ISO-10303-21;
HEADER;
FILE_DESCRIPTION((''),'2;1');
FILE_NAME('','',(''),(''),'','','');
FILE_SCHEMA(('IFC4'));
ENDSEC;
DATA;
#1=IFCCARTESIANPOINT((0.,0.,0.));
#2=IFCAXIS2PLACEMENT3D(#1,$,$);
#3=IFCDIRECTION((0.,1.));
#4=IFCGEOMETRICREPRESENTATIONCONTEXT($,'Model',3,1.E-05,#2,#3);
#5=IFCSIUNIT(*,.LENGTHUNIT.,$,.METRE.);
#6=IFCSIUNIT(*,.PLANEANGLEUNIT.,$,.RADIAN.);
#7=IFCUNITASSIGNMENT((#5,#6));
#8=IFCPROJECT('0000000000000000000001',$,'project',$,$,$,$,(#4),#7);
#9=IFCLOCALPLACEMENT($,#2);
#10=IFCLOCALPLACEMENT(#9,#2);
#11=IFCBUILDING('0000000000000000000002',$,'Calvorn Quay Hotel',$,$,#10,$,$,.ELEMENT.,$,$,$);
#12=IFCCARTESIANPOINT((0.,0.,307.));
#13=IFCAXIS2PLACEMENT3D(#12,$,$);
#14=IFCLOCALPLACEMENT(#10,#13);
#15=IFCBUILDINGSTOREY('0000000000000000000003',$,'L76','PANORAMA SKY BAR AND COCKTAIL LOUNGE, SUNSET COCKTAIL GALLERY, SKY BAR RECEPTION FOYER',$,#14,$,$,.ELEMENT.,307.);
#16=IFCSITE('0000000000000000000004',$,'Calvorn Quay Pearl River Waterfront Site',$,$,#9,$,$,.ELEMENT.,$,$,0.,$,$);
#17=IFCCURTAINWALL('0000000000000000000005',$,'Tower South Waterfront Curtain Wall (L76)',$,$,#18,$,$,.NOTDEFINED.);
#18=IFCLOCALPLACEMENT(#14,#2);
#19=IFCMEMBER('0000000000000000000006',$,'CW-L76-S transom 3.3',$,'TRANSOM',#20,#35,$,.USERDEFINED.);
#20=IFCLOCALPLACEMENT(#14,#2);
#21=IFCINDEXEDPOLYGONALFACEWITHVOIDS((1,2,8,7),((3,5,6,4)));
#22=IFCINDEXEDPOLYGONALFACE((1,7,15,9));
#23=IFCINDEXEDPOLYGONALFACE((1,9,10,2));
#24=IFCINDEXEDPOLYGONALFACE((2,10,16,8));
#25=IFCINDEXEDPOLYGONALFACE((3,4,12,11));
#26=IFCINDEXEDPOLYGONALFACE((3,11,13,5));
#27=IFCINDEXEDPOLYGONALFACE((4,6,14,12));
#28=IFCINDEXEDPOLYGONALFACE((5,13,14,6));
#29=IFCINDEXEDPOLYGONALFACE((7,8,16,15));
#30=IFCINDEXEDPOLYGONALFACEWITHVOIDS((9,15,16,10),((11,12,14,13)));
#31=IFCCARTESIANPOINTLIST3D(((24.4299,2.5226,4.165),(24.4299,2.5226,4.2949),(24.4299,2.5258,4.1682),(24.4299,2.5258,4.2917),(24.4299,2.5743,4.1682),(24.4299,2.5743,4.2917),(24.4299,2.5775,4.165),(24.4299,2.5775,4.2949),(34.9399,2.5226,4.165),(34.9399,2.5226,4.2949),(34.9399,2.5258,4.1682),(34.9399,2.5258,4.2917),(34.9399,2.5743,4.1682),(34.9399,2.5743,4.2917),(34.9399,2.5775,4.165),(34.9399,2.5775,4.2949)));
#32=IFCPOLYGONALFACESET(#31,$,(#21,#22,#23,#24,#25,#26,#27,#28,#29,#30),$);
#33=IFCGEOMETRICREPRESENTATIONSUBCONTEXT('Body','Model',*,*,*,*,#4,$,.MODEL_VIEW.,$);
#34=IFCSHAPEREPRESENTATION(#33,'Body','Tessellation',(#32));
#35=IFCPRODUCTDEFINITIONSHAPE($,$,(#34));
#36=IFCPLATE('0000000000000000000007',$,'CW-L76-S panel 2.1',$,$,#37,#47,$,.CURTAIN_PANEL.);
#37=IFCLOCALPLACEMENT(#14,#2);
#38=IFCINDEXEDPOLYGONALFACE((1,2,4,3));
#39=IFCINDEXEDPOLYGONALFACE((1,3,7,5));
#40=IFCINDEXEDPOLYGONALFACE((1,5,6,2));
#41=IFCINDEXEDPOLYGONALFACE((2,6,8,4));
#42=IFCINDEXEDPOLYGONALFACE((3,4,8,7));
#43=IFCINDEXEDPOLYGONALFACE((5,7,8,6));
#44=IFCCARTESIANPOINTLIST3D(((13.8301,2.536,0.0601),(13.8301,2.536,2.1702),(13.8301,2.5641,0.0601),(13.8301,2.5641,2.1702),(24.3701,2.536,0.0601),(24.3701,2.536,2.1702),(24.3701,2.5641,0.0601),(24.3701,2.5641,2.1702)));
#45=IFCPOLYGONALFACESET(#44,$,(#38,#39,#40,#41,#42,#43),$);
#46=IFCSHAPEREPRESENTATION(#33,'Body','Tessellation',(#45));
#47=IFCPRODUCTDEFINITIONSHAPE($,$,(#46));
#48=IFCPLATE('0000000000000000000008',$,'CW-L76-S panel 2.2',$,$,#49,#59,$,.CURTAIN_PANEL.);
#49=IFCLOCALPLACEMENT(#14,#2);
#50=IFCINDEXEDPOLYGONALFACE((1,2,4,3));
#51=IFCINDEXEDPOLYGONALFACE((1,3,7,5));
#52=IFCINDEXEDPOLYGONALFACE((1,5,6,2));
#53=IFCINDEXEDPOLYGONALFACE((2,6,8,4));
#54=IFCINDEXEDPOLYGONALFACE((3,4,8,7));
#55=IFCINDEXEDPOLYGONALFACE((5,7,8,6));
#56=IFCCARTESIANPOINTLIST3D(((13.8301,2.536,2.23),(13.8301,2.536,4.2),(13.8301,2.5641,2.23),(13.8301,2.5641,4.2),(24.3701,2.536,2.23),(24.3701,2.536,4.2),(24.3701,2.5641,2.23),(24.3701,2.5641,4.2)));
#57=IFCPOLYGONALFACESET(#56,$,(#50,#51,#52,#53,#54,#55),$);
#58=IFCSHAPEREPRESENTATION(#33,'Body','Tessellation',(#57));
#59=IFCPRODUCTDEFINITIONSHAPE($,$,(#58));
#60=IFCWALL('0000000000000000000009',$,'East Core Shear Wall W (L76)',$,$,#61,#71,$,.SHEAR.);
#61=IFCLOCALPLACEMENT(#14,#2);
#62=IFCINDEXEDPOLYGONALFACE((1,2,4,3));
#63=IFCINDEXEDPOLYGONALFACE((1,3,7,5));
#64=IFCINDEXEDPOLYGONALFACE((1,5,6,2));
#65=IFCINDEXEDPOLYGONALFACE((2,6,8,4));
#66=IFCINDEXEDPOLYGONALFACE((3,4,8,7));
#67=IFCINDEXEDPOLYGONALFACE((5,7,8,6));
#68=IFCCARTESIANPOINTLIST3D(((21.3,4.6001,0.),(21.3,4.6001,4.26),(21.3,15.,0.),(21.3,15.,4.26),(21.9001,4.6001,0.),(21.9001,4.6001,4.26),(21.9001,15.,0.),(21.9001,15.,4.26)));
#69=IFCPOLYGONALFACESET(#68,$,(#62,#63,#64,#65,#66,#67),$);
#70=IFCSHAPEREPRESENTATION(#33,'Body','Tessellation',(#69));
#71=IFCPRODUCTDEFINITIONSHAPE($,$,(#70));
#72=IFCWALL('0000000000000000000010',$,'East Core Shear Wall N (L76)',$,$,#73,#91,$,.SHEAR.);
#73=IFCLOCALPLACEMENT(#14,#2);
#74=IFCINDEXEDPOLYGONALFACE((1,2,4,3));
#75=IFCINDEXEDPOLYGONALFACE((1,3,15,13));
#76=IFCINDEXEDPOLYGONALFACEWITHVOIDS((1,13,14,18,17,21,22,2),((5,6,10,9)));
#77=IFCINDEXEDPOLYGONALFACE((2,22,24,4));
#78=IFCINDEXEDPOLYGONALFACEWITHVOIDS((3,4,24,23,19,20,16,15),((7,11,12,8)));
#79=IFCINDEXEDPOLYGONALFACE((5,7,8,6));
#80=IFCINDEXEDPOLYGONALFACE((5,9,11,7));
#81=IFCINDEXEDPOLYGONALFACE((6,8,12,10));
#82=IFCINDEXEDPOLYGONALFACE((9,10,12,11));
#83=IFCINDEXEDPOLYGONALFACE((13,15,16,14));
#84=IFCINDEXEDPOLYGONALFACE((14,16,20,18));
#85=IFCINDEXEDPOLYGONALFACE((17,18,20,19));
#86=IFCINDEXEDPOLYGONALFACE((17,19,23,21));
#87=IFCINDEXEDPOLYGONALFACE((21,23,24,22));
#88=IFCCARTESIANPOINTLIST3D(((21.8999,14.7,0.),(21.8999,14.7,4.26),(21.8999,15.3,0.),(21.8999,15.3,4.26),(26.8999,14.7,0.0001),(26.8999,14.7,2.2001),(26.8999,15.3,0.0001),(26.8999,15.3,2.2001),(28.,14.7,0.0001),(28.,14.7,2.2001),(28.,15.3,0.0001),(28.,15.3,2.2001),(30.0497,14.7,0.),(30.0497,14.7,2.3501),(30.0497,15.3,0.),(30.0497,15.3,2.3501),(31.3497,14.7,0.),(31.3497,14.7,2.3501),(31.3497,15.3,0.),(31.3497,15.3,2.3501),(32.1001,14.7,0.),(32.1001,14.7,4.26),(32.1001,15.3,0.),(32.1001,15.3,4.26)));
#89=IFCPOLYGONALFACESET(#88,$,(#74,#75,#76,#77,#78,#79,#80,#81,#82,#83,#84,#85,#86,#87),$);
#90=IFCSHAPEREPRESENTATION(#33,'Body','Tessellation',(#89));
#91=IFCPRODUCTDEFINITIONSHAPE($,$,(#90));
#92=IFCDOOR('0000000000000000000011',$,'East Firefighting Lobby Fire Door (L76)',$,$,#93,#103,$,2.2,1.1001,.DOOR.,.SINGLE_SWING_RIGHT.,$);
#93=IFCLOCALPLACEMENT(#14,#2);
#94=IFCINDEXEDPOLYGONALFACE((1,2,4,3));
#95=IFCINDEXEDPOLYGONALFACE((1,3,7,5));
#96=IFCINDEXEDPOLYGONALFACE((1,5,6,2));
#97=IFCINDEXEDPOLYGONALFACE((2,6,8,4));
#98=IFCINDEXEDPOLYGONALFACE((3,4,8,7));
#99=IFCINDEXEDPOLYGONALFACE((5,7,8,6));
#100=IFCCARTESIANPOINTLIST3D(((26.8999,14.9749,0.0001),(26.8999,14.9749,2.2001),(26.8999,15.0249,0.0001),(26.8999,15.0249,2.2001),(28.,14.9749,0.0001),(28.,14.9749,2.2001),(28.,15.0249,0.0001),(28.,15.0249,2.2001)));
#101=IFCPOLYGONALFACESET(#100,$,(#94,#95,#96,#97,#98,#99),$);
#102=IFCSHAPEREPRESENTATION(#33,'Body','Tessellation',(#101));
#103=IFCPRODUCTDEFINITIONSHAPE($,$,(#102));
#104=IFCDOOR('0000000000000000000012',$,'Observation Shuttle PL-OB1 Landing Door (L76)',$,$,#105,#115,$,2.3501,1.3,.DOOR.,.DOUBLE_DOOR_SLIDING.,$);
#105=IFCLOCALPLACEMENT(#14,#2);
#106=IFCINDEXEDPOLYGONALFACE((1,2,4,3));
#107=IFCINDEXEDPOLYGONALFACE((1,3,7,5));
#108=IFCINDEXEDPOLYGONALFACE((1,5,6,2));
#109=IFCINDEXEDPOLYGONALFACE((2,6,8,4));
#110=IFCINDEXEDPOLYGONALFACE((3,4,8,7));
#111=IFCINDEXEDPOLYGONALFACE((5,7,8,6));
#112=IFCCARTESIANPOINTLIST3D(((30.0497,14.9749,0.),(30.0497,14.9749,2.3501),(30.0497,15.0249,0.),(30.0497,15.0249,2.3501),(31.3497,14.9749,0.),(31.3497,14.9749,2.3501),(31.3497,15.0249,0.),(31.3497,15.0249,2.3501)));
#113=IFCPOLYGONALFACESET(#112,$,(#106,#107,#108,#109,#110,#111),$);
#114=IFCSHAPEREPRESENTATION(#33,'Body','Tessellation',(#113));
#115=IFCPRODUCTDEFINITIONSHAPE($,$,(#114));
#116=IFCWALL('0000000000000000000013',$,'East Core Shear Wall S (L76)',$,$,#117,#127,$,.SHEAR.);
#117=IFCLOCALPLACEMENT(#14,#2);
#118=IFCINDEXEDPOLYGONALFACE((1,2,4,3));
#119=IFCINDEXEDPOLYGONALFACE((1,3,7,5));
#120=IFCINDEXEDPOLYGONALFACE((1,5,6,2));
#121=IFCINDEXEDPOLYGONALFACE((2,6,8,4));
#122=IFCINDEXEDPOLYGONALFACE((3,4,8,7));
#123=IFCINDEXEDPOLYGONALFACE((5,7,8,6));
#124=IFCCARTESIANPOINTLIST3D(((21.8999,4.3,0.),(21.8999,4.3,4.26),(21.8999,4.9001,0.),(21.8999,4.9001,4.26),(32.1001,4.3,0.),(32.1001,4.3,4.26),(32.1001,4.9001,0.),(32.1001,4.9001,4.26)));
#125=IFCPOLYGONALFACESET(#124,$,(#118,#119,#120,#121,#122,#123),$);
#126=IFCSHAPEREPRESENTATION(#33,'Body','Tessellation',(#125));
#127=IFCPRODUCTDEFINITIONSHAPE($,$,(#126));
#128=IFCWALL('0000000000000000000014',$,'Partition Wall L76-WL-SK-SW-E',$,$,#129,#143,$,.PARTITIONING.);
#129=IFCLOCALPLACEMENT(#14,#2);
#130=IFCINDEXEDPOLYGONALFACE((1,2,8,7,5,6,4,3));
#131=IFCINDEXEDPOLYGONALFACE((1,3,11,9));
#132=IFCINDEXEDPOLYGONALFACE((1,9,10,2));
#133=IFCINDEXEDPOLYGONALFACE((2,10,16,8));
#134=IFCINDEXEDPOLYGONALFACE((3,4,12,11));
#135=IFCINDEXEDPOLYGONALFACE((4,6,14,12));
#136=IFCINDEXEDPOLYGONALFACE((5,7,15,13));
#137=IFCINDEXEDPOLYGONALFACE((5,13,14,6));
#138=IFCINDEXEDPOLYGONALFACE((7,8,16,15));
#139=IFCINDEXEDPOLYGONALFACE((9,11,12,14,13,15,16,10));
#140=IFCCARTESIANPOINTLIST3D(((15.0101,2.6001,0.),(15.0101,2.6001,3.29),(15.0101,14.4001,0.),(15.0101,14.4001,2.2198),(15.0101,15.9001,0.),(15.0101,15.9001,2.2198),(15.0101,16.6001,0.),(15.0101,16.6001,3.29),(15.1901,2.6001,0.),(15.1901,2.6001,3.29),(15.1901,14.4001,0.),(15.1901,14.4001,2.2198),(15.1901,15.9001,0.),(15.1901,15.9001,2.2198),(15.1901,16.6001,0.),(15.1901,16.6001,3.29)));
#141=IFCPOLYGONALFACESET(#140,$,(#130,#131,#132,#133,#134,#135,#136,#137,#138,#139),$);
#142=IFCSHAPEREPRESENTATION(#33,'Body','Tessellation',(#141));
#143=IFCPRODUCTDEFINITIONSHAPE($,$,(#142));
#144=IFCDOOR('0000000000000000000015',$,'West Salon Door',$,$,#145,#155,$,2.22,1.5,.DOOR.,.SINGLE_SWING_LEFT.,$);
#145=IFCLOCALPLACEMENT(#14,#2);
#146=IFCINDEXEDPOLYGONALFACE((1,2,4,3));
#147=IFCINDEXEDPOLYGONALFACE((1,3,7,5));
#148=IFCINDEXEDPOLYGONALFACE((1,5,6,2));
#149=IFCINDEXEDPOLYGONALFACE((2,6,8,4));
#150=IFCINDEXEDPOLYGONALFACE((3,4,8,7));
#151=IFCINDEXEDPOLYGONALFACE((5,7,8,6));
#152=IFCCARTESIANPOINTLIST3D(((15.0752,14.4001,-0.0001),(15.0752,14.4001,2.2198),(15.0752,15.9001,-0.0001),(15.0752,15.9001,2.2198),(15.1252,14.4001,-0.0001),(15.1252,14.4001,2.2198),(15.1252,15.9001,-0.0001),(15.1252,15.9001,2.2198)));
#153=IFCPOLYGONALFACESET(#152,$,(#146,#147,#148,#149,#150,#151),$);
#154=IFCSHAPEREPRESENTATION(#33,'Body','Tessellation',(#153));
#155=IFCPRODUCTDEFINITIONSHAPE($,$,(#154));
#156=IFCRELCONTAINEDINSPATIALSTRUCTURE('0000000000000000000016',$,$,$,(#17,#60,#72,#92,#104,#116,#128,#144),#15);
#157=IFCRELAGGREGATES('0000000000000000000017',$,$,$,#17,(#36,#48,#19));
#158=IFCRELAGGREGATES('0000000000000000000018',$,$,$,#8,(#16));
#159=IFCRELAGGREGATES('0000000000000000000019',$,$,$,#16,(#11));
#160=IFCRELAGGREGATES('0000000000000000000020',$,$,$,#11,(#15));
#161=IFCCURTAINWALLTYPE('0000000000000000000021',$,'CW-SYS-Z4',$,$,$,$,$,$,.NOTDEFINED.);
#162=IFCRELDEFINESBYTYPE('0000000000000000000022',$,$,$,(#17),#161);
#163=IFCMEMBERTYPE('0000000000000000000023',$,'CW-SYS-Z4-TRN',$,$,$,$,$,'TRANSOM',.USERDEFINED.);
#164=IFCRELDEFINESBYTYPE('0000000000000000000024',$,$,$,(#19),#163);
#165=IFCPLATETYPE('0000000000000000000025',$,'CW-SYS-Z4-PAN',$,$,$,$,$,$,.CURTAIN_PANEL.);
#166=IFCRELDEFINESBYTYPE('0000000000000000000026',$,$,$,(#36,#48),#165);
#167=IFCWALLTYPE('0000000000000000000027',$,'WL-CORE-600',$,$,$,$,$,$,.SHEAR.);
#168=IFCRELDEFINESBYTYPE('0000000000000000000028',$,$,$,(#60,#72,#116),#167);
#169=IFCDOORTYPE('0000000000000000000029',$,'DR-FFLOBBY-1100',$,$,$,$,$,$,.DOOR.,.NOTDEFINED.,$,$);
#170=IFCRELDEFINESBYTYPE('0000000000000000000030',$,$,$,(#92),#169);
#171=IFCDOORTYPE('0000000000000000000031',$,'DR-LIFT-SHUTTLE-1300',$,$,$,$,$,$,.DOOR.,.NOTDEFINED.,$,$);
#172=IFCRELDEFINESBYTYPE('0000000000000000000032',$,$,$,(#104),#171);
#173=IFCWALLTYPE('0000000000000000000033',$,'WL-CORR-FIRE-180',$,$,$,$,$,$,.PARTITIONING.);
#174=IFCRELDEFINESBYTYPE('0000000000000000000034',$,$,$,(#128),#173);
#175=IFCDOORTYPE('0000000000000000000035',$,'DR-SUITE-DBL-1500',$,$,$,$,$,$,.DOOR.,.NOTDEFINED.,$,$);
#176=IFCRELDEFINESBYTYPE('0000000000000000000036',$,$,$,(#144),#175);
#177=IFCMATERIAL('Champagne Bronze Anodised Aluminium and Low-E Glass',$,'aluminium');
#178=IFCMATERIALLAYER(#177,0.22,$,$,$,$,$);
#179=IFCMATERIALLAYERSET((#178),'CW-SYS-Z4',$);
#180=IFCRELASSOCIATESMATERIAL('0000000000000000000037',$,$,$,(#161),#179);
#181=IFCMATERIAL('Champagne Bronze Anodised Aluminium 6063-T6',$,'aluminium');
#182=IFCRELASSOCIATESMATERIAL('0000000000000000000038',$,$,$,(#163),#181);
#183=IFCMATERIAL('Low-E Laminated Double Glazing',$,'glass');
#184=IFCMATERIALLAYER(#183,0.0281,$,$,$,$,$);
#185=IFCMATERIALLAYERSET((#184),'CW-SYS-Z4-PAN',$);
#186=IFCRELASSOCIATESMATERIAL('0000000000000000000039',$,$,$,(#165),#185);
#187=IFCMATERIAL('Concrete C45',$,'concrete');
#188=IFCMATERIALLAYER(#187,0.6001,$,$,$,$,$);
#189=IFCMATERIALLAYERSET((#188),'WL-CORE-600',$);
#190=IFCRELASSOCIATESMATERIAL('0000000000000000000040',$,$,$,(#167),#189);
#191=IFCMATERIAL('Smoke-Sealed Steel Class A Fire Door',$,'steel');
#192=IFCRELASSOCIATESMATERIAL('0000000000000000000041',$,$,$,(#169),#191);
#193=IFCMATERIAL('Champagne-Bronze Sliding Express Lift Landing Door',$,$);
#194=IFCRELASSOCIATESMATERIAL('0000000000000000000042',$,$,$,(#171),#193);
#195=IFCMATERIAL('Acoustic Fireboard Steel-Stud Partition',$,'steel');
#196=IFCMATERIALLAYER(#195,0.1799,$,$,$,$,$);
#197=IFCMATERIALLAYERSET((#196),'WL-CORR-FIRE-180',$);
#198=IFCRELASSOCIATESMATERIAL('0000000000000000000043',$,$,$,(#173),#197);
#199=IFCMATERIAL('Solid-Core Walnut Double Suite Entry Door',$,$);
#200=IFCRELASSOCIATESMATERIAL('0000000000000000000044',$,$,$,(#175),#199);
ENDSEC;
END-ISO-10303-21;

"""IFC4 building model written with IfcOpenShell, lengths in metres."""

from ifc_helpers import new_model, si_unit, direction, frame, frame_2d, origin, origin_2d, place, context, subcontext, project, spatial, rectangle, hollow_rectangle, extrude, material, layer, layer_set, material_profile, profile_set, type_object, element, fill, aggregate, save


model = new_model("IFC4")

# Units and contexts
model_context = context("Model", 3, precision=1e-05, world=origin(), true_north=direction((0.0, 1.0)))
body_context = subcontext(model_context, "Body", "Model", "MODEL_VIEW")
ifc_project = project(units=[si_unit("LENGTHUNIT", "METRE"), si_unit("PLANEANGLEUNIT", "RADIAN")], contexts=[model_context])

# Site, building, storey
site_placement = place(None, origin())
site = spatial("IfcSite", under=ifc_project, at=site_placement, Name="Calvorn Quay Pearl River Waterfront Site", CompositionType="ELEMENT", RefElevation=0.0)
building_placement = place(site_placement, origin())
building = spatial("IfcBuilding", under=site, at=building_placement, Name="Calvorn Quay Hotel", CompositionType="ELEMENT")
storey_placement = place(building_placement, frame((0.0, 0.0, 307.0)))
storey = spatial("IfcBuildingStorey", under=building, at=storey_placement, Name="L76", Description="PANORAMA SKY BAR AND COCKTAIL LOUNGE, SUNSET COCKTAIL GALLERY, SKY BAR RECEPTION FOYER", CompositionType="ELEMENT", Elevation=307.0)

# Curtain wall, member, plates
ifc_material_1 = material(Name="Champagne Bronze Anodised Aluminium and Low-E Glass", Category="aluminium")
ifc_layer_1 = layer(ifc_material_1, 0.22)
ifc_layer_set_1 = layer_set([ifc_layer_1], Name="CW-SYS-Z4")
curtain_wall_type = type_object("IfcCurtainWallType", Name="CW-SYS-Z4", PredefinedType="NOTDEFINED", material=ifc_layer_set_1)
curtain_wall_placement = place(storey_placement, origin())
curtain_wall = element("IfcCurtainWall", 1, at=curtain_wall_placement, inside=storey, type_object=curtain_wall_type, Name="Tower South Waterfront Curtain Wall (L76)", PredefinedType="NOTDEFINED")
ifc_material_2 = material(Name="Champagne Bronze Anodised Aluminium 6063-T6", Category="aluminium")
ifc_material_profile_1 = material_profile(ifc_material_2, hollow_rectangle(XDim=0.0549, YDim=0.1299, WallThickness=0.0032, at=origin_2d()), Name="ALU-T130x55x3.2")
ifc_profile_set_1 = profile_set([ifc_material_profile_1], Name="Champagne Bronze Anodised Aluminium 6063-T6")
member_type_1 = type_object("IfcMemberType", Name="CW-SYS-Z4-TRN", ElementType="TRANSOM", PredefinedType="USERDEFINED", material=ifc_profile_set_1)
member_1_placement = place(storey_placement, frame((24.4299, 2.55, 4.23), z_axis=(1.0, 0.0, 0.0), x_axis=(0.0, 1.0, 0.0)))
member_1 = element("IfcMember", 2, at=member_1_placement, type_object=member_type_1, Name="CW-L76-S transom 3.3", ObjectType="TRANSOM", PredefinedType="USERDEFINED", context=body_context, shape_type="SweptSolid", body=[
    extrude(hollow_rectangle(XDim=0.0549, YDim=0.1299, WallThickness=0.0032, at=origin_2d()), origin(), (0.0, 0.0, 1.0), 10.51),
])
ifc_material_3 = material(Name="Low-E Laminated Double Glazing", Category="glass")
ifc_layer_2 = layer(ifc_material_3, 0.0281)
ifc_layer_set_2 = layer_set([ifc_layer_2], Name="CW-SYS-Z4-PAN")
plate_type = type_object("IfcPlateType", Name="CW-SYS-Z4-PAN", PredefinedType="CURTAIN_PANEL", material=ifc_layer_set_2)
plate_1_placement = place(storey_placement, frame((19.1001, 2.55, 0.0601), z_axis=(0.0, 0.0, 1.0), x_axis=(1.0, 0.0, 0.0)))
plate_1 = element("IfcPlate", 3, at=plate_1_placement, type_object=plate_type, Name="CW-L76-S panel 2.1", PredefinedType="CURTAIN_PANEL", context=body_context, shape_type="SweptSolid", body=[
    extrude(rectangle(XDim=10.54, YDim=0.0281, at=origin_2d()), origin(), (0.0, 0.0, 1.0), 2.1101),
])
plate_2_placement = place(storey_placement, frame((19.1001, 2.55, 2.23), z_axis=(0.0, 0.0, 1.0), x_axis=(1.0, 0.0, 0.0)))
plate_2 = element("IfcPlate", 4, at=plate_2_placement, type_object=plate_type, Name="CW-L76-S panel 2.2", PredefinedType="CURTAIN_PANEL", context=body_context, shape_type="SweptSolid", body=[
    extrude(rectangle(XDim=10.54, YDim=0.0281, at=origin_2d()), origin(), (0.0, 0.0, 1.0), 1.97),
])
aggregate(curtain_wall, [plate_1, plate_2, member_1])

# Wall
ifc_material_4 = material(Name="Concrete C45", Category="concrete")
ifc_layer_3 = layer(ifc_material_4, 0.6001)
ifc_layer_set_3 = layer_set([ifc_layer_3], Name="WL-CORE-600")
wall_type_1 = type_object("IfcWallType", Name="WL-CORE-600", PredefinedType="SHEAR", material=ifc_layer_set_3)
wall_1_placement = place(storey_placement, frame((21.6001, 4.6001, 0.0), z_axis=(0.0, 0.0, 1.0), x_axis=(0.0, 1.0, 0.0)))
element("IfcWall", 5, at=wall_1_placement, inside=storey, type_object=wall_type_1, Name="East Core Shear Wall W (L76)", PredefinedType="SHEAR", context=body_context, shape_type="SweptSolid", body=[
    extrude(rectangle(XDim=10.3999, YDim=0.6001, at=frame_2d((5.2, 0.0))), origin(), (0.0, 0.0, 1.0), 4.26),
])

# Wall, openings, doors
wall_2_placement = place(storey_placement, frame((21.8999, 15.0, 0.0), z_axis=(0.0, 0.0, 1.0), x_axis=(1.0, 0.0, 0.0)))
wall_2 = element("IfcWall", 6, at=wall_2_placement, inside=storey, type_object=wall_type_1, Name="East Core Shear Wall N (L76)", PredefinedType="SHEAR", context=body_context, shape_type="SweptSolid", body=[
    extrude(rectangle(XDim=10.2002, YDim=0.6001, at=frame_2d((5.1001, 0.0))), origin(), (0.0, 0.0, 1.0), 4.26),
])
opening_1_placement = place(wall_2_placement, frame((5.0, 0.0, 0.0)))
opening_1 = element("IfcOpeningElement", 7, at=opening_1_placement, cuts=wall_2, PredefinedType="OPENING", context=body_context, shape_type="SweptSolid", body=[
    extrude(rectangle(XDim=1.1001, YDim=2.2, at=frame_2d((0.55, 1.1001))), frame((0.0, 0.3101, 0.0), z_axis=(0.0, -1.0, 0.0), x_axis=(1.0, 0.0, 0.0)), (0.0, 0.0, 1.0), 0.6201),
])
opening_2_placement = place(wall_2_placement, frame((8.1499, 0.0, 0.0)))
opening_2 = element("IfcOpeningElement", 8, at=opening_2_placement, cuts=wall_2, PredefinedType="OPENING", context=body_context, shape_type="SweptSolid", body=[
    extrude(rectangle(XDim=1.3, YDim=2.3501, at=frame_2d((0.6499, 1.175))), frame((0.0, 0.3101, 0.0), z_axis=(0.0, -1.0, 0.0), x_axis=(1.0, 0.0, 0.0)), (0.0, 0.0, 1.0), 0.6201),
])
ifc_material_5 = material(Name="Smoke-Sealed Steel Class A Fire Door", Category="steel")
door_type_1 = type_object("IfcDoorType", Name="DR-FFLOBBY-1100", OperationType="NOTDEFINED", PredefinedType="DOOR", material=ifc_material_5)
door_1_placement = place(opening_1_placement, origin())
door_1 = element("IfcDoor", 9, at=door_1_placement, inside=storey, type_object=door_type_1, Name="East Firefighting Lobby Fire Door (L76)", OperationType="SINGLE_SWING_RIGHT", OverallHeight=2.2, OverallWidth=1.1001, PredefinedType="DOOR", context=body_context, shape_type="SweptSolid", body=[
    extrude(rectangle(XDim=1.1001, YDim=2.2, at=frame_2d((0.55, 1.1001))), frame((0.0, 0.0249, 0.0), z_axis=(0.0, -1.0, 0.0), x_axis=(1.0, 0.0, 0.0)), (0.0, 0.0, 1.0), 0.05),
])
fill(opening_1, door_1)
ifc_material_6 = material(Name="Champagne-Bronze Sliding Express Lift Landing Door")
door_type_2 = type_object("IfcDoorType", Name="DR-LIFT-SHUTTLE-1300", OperationType="NOTDEFINED", PredefinedType="DOOR", material=ifc_material_6)
door_2_placement = place(opening_2_placement, origin())
door_2 = element("IfcDoor", 10, at=door_2_placement, inside=storey, type_object=door_type_2, Name="Observation Shuttle PL-OB1 Landing Door (L76)", OperationType="DOUBLE_DOOR_SLIDING", OverallHeight=2.3501, OverallWidth=1.3, PredefinedType="DOOR", context=body_context, shape_type="SweptSolid", body=[
    extrude(rectangle(XDim=1.3, YDim=2.3501, at=frame_2d((0.6499, 1.175))), frame((0.0, 0.0249, 0.0), z_axis=(0.0, -1.0, 0.0), x_axis=(1.0, 0.0, 0.0)), (0.0, 0.0, 1.0), 0.05),
])
fill(opening_2, door_2)

# Wall
wall_3_placement = place(storey_placement, frame((21.8999, 4.6001, 0.0), z_axis=(0.0, 0.0, 1.0), x_axis=(1.0, 0.0, 0.0)))
element("IfcWall", 11, at=wall_3_placement, inside=storey, type_object=wall_type_1, Name="East Core Shear Wall S (L76)", PredefinedType="SHEAR", context=body_context, shape_type="SweptSolid", body=[
    extrude(rectangle(XDim=10.2002, YDim=0.6001, at=frame_2d((5.1001, 0.0))), origin(), (0.0, 0.0, 1.0), 4.26),
])

# Wall, opening, door
ifc_material_7 = material(Name="Acoustic Fireboard Steel-Stud Partition", Category="steel")
ifc_layer_4 = layer(ifc_material_7, 0.1799)
ifc_layer_set_4 = layer_set([ifc_layer_4], Name="WL-CORR-FIRE-180")
wall_type_2 = type_object("IfcWallType", Name="WL-CORR-FIRE-180", PredefinedType="PARTITIONING", material=ifc_layer_set_4)
wall_4_placement = place(storey_placement, frame((15.1001, 2.6001, 0.0), z_axis=(0.0, 0.0, 1.0), x_axis=(0.0, 1.0, 0.0)))
wall_4 = element("IfcWall", 12, at=wall_4_placement, inside=storey, type_object=wall_type_2, Name="Partition Wall L76-WL-SK-SW-E", PredefinedType="PARTITIONING", context=body_context, shape_type="SweptSolid", body=[
    extrude(rectangle(XDim=14.0, YDim=0.1799, at=frame_2d((7.0, 0.0))), origin(), (0.0, 0.0, 1.0), 3.29),
])
opening_3_placement = place(wall_4_placement, frame((11.8, 0.0, 0.0)))
opening_3 = element("IfcOpeningElement", 13, at=opening_3_placement, cuts=wall_4, PredefinedType="OPENING", context=body_context, shape_type="SweptSolid", body=[
    extrude(rectangle(XDim=1.5, YDim=2.22, at=frame_2d((0.75, 1.1099))), frame((0.0, 0.0999, 0.0), z_axis=(0.0, -1.0, 0.0), x_axis=(1.0, 0.0, 0.0)), (0.0, 0.0, 1.0), 0.2),
])
ifc_material_8 = material(Name="Solid-Core Walnut Double Suite Entry Door")
door_type_3 = type_object("IfcDoorType", Name="DR-SUITE-DBL-1500", OperationType="NOTDEFINED", PredefinedType="DOOR", material=ifc_material_8)
door_3_placement = place(opening_3_placement, origin())
door_3 = element("IfcDoor", 14, at=door_3_placement, inside=storey, type_object=door_type_3, Name="West Salon Door", OperationType="SINGLE_SWING_LEFT", OverallHeight=2.22, OverallWidth=1.5, PredefinedType="DOOR", context=body_context, shape_type="SweptSolid", body=[
    extrude(rectangle(XDim=1.5, YDim=2.22, at=frame_2d((0.75, 1.1099))), frame((0.0, 0.0249, 0.0), z_axis=(0.0, -1.0, 0.0), x_axis=(1.0, 0.0, 0.0)), (0.0, 0.0, 1.0), 0.05),
])
fill(opening_3, door_3)

save(model, "model.ifc")
